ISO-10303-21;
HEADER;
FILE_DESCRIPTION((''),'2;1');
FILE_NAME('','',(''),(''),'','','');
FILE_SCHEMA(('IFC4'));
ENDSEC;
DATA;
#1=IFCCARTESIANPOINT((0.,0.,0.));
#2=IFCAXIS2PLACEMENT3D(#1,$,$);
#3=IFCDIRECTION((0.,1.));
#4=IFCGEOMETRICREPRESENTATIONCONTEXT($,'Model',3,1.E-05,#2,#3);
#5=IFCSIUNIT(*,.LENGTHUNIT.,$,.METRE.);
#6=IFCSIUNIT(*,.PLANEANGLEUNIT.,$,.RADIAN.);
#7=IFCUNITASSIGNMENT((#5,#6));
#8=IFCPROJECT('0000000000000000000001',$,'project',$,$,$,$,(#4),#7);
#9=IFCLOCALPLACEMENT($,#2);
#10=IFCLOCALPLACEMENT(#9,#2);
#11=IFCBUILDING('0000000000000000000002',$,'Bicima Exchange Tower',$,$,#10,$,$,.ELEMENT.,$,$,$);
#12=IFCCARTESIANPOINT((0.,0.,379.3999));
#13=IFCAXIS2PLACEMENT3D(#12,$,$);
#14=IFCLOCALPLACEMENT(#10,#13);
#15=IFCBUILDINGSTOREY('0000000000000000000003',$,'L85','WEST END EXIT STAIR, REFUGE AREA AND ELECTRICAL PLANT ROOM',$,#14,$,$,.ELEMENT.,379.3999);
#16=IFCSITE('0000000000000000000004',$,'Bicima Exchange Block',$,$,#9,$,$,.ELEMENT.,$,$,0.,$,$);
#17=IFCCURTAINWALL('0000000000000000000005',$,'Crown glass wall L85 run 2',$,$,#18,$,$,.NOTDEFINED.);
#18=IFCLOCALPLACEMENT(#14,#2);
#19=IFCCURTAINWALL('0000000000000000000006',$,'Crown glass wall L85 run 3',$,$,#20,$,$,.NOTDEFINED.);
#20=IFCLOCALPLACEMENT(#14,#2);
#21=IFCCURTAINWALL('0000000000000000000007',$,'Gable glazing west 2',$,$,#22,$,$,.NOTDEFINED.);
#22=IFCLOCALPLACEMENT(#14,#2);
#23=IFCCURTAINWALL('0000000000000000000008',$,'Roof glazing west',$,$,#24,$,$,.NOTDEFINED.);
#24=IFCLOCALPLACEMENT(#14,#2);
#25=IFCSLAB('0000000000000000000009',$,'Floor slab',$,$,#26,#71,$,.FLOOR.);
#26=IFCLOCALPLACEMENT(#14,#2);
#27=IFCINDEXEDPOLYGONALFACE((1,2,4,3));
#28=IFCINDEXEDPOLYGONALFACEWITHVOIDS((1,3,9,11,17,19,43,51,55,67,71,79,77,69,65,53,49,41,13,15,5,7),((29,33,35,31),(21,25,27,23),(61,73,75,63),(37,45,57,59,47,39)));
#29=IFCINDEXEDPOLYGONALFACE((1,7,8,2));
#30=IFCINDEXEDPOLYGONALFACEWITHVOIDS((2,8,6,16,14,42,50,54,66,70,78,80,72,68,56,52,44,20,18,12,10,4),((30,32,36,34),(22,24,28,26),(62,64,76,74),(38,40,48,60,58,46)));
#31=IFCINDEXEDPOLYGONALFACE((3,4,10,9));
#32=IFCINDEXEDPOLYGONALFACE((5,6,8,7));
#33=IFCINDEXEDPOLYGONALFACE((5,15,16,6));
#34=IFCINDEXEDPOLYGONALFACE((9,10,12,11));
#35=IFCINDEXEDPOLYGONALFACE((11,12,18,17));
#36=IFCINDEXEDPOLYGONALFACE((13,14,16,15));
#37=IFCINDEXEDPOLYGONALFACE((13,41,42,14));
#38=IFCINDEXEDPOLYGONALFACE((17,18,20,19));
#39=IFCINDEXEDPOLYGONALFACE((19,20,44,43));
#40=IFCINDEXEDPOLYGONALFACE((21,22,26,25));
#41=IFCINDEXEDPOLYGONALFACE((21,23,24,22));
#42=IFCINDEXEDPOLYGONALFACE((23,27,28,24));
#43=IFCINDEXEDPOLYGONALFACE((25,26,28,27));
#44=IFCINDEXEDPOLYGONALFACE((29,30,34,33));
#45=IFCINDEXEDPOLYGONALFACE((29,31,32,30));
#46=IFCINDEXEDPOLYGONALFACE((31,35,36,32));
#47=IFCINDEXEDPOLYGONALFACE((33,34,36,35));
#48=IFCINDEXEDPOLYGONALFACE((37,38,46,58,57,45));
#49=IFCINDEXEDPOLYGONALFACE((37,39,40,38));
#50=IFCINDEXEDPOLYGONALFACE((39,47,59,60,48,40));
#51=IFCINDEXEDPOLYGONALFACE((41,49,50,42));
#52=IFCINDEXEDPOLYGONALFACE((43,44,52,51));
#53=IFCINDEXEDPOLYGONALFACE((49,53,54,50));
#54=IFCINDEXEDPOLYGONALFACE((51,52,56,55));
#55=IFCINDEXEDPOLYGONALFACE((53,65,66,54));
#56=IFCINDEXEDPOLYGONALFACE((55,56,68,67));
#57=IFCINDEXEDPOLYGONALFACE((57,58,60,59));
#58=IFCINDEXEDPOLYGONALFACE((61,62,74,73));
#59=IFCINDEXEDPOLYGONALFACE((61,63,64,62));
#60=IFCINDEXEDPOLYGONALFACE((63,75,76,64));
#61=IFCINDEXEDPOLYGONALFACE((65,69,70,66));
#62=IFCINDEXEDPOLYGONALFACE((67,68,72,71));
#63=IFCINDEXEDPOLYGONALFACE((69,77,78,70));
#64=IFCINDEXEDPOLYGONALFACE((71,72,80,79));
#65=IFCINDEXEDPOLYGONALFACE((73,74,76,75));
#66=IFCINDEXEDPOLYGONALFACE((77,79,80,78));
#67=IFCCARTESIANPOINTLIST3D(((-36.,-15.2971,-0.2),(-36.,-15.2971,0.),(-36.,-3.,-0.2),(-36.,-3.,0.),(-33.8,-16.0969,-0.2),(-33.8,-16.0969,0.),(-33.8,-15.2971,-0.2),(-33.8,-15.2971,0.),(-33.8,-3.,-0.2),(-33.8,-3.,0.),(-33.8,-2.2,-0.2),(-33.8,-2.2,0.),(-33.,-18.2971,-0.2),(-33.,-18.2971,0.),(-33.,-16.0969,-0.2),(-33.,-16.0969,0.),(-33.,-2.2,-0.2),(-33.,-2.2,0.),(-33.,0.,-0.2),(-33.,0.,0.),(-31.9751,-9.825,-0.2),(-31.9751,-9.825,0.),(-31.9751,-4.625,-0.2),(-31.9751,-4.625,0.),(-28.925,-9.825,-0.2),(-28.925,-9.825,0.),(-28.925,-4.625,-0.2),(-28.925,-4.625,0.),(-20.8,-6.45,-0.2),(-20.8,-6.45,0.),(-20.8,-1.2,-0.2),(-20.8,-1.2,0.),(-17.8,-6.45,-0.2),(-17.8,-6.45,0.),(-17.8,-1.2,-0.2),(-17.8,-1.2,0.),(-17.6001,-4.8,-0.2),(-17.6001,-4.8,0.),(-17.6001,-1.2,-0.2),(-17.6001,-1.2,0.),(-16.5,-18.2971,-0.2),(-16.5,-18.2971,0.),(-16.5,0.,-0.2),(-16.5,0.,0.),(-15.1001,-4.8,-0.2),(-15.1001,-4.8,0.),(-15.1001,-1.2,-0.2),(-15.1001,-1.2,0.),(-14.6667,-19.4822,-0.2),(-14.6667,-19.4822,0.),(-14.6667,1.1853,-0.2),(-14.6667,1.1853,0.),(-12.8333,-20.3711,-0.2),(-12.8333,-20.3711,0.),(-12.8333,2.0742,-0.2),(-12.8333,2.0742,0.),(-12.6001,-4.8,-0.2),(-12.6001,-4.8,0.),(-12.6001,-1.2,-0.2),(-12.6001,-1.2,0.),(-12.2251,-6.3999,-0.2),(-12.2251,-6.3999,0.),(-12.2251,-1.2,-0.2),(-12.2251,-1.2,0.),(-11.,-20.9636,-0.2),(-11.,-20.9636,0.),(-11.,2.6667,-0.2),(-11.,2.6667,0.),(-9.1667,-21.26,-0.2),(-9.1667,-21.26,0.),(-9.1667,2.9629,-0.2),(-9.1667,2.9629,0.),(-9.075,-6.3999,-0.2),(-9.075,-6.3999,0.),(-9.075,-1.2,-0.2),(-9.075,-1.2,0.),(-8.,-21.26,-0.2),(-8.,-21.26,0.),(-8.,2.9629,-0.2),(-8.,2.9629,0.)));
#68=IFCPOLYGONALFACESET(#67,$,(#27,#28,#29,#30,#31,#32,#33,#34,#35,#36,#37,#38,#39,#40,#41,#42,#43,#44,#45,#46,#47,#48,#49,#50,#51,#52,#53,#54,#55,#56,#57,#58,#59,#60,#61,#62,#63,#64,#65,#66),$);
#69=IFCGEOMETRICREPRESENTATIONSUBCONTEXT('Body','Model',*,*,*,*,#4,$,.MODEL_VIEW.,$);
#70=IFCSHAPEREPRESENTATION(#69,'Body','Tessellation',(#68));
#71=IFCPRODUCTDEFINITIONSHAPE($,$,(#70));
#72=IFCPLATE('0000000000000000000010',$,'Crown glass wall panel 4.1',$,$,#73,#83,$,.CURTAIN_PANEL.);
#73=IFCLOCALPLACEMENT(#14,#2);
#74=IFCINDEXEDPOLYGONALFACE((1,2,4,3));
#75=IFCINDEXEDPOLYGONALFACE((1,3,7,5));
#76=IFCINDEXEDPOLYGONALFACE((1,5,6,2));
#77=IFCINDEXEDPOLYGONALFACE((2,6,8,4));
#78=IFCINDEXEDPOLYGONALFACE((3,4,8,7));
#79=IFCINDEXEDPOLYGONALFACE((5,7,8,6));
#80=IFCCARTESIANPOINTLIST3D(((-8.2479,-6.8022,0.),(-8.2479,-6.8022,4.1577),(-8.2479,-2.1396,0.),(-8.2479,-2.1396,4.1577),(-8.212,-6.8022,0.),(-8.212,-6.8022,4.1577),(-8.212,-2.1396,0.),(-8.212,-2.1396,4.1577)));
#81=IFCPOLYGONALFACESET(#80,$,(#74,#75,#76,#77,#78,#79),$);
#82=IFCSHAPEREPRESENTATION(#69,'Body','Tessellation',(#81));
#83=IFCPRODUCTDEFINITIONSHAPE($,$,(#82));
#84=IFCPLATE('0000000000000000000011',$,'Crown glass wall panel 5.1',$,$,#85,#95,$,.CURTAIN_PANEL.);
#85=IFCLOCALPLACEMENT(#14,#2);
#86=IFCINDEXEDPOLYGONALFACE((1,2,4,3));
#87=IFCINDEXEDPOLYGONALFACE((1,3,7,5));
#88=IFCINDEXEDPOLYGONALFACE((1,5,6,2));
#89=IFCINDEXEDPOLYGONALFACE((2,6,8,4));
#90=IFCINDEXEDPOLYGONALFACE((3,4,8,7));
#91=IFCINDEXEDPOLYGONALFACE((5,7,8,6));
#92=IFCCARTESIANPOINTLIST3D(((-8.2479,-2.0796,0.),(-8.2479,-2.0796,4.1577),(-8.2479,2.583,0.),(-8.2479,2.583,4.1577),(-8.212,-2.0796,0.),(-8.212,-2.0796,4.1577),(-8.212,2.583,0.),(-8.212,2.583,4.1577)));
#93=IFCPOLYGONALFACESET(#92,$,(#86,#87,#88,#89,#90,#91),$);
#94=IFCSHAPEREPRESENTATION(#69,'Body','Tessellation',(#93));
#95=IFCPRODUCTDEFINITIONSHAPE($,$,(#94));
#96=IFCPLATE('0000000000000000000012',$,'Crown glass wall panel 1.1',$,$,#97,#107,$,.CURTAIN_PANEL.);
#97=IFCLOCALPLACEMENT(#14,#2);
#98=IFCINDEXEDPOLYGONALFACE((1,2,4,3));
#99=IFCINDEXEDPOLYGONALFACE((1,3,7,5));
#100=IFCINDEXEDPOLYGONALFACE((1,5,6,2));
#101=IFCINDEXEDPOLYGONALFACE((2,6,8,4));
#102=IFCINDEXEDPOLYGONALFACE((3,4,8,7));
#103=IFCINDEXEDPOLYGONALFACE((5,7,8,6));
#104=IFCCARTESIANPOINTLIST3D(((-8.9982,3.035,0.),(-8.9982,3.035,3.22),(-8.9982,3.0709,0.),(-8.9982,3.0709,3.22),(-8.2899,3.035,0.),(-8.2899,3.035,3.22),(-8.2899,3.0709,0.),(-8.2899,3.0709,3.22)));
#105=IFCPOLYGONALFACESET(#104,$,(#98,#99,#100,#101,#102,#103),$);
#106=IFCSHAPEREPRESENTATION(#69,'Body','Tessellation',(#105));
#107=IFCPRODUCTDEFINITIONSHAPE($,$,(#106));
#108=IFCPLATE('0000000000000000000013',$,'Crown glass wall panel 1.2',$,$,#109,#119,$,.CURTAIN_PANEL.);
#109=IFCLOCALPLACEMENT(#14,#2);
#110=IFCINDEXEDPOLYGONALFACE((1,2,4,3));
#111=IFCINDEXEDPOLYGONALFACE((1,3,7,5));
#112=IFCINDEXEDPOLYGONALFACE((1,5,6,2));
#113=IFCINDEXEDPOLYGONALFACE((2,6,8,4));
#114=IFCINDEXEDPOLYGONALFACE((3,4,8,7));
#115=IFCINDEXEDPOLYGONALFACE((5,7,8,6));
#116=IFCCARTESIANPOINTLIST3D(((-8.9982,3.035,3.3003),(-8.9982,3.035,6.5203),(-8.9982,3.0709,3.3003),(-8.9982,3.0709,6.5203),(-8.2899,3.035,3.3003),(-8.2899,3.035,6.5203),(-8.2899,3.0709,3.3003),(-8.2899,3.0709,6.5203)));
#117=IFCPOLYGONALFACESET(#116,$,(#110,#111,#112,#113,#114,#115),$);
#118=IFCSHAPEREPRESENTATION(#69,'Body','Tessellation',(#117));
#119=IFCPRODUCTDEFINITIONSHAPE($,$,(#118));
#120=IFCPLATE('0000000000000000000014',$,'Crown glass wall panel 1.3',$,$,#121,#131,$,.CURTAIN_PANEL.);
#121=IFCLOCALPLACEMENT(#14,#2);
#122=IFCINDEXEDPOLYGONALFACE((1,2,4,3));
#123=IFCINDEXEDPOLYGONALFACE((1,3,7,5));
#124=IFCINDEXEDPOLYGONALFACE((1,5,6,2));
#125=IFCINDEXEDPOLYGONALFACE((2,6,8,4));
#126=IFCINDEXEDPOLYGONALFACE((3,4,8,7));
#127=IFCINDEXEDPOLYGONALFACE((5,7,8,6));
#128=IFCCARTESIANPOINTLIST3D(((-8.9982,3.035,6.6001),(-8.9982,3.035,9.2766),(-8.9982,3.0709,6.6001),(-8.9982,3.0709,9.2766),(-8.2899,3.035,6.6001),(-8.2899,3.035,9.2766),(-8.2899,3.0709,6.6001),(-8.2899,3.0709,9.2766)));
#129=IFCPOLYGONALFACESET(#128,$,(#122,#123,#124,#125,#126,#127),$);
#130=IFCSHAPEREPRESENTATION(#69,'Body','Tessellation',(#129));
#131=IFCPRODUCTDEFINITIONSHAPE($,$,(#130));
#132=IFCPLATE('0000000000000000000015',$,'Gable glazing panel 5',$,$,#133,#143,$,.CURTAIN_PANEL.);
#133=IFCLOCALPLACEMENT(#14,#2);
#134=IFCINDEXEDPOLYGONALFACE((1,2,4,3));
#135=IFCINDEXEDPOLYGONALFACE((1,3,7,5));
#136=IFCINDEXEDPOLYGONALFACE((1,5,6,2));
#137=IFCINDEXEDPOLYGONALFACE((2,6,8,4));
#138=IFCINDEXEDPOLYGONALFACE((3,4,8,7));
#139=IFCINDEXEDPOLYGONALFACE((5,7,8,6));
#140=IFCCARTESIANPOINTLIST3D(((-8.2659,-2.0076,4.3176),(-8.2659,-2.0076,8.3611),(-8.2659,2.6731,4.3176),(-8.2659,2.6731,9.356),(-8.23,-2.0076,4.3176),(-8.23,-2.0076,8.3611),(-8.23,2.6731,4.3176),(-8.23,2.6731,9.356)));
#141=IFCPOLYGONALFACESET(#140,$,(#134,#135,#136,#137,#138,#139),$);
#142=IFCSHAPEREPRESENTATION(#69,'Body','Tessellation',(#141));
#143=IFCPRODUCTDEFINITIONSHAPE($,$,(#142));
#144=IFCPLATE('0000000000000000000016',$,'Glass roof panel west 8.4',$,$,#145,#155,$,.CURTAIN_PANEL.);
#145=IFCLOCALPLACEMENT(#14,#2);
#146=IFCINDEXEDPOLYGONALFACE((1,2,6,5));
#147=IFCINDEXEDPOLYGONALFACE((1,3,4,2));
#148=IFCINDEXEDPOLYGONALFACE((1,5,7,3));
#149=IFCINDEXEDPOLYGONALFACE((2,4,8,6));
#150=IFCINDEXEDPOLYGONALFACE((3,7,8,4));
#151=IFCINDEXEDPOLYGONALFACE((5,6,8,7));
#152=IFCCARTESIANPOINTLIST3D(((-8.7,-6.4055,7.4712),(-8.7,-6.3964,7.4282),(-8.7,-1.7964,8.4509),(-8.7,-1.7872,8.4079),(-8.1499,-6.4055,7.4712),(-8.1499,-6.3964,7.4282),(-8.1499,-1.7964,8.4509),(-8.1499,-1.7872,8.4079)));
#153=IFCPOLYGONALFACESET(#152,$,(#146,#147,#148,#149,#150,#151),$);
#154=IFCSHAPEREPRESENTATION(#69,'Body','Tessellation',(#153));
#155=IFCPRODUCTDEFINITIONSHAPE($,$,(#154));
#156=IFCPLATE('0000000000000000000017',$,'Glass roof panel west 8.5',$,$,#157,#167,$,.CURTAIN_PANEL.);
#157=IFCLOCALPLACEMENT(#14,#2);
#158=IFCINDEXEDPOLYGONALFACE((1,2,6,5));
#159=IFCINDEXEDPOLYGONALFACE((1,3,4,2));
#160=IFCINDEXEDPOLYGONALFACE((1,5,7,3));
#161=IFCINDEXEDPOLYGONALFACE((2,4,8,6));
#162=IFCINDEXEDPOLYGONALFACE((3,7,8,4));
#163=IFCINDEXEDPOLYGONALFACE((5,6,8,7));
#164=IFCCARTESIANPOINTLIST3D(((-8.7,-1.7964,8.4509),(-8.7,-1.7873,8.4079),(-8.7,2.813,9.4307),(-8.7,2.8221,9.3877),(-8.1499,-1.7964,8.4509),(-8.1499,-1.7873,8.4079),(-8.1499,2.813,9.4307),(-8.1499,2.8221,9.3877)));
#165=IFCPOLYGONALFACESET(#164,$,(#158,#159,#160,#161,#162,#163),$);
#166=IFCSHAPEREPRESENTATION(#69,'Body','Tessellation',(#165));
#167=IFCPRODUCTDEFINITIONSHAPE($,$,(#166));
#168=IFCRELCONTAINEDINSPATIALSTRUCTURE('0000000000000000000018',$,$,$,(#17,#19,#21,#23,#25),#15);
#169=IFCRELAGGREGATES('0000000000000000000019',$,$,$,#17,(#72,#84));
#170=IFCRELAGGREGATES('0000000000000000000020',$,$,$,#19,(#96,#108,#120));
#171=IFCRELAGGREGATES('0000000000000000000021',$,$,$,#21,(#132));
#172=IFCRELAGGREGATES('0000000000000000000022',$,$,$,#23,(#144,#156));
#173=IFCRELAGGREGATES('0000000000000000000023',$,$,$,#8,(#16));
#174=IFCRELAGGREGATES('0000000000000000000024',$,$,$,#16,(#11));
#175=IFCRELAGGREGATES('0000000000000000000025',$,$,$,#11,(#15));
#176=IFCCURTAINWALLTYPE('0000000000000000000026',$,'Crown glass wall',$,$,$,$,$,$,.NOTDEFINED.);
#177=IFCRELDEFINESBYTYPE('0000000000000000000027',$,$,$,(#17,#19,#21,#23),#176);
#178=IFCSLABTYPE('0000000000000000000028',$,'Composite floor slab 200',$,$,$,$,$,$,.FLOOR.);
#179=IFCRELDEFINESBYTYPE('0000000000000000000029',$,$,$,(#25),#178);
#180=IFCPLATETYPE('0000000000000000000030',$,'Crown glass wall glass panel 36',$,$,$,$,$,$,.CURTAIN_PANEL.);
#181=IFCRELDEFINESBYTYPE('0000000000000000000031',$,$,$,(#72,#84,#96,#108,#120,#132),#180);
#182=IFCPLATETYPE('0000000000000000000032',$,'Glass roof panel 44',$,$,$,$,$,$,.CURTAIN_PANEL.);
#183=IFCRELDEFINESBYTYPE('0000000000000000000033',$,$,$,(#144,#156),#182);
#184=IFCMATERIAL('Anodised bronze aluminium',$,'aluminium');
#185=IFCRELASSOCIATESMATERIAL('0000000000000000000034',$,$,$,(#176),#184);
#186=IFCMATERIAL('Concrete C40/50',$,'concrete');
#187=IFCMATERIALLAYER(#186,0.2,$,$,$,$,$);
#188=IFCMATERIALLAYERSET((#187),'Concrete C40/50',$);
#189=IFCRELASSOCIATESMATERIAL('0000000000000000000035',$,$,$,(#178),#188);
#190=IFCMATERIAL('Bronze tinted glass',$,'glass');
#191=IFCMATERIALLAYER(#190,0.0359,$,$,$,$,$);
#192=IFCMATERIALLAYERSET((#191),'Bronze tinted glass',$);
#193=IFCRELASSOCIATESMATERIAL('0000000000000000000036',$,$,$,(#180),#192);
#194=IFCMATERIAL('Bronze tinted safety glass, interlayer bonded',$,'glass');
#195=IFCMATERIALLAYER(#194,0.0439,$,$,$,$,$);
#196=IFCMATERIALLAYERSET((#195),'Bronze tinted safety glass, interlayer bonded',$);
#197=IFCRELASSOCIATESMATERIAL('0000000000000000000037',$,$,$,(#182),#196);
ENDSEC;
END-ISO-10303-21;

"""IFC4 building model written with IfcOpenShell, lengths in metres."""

from ifc_helpers import new_model, si_unit, direction, frame, origin, origin_2d, place, context, subcontext, project, spatial, polyline, rectangle, outline, extrude, material, layer, layer_set, type_object, element, aggregate, save


model = new_model("IFC4")

# Units and contexts
model_context = context("Model", 3, precision=1e-05, world=origin(), true_north=direction((0.0, 1.0)))
body_context = subcontext(model_context, "Body", "Model", "MODEL_VIEW")
ifc_project = project(units=[si_unit("LENGTHUNIT", "METRE"), si_unit("PLANEANGLEUNIT", "RADIAN")], contexts=[model_context])

# Site, building, storey
site_placement = place(None, origin())
site = spatial("IfcSite", under=ifc_project, at=site_placement, Name="Bicima Exchange Block", CompositionType="ELEMENT", RefElevation=0.0)
building_placement = place(site_placement, origin())
building = spatial("IfcBuilding", under=site, at=building_placement, Name="Bicima Exchange Tower", CompositionType="ELEMENT")
storey_placement = place(building_placement, frame((0.0, 0.0, 379.3999)))
storey = spatial("IfcBuildingStorey", under=building, at=storey_placement, Name="L85", Description="WEST END EXIT STAIR, REFUGE AREA AND ELECTRICAL PLANT ROOM", CompositionType="ELEMENT", Elevation=379.3999)

# Curtain wall
ifc_material_1 = material(Name="Anodised bronze aluminium", Category="aluminium")
curtain_wall_type = type_object("IfcCurtainWallType", Name="Crown glass wall", PredefinedType="NOTDEFINED", material=ifc_material_1)
curtain_wall_1_placement = place(storey_placement, origin())
curtain_wall_1 = element("IfcCurtainWall", 1, at=curtain_wall_1_placement, inside=storey, type_object=curtain_wall_type, Name="Crown glass wall L85 run 2", PredefinedType="NOTDEFINED")

# Curtain wall
curtain_wall_2_placement = place(storey_placement, origin())
curtain_wall_2 = element("IfcCurtainWall", 2, at=curtain_wall_2_placement, inside=storey, type_object=curtain_wall_type, Name="Crown glass wall L85 run 3", PredefinedType="NOTDEFINED")

# Curtain wall
curtain_wall_3_placement = place(storey_placement, origin())
curtain_wall_3 = element("IfcCurtainWall", 3, at=curtain_wall_3_placement, inside=storey, type_object=curtain_wall_type, Name="Gable glazing west 2", PredefinedType="NOTDEFINED")

# Curtain wall
curtain_wall_4_placement = place(storey_placement, origin())
curtain_wall_4 = element("IfcCurtainWall", 4, at=curtain_wall_4_placement, inside=storey, type_object=curtain_wall_type, Name="Roof glazing west", PredefinedType="NOTDEFINED")

# Slab
ifc_material_2 = material(Name="Concrete C40/50", Category="concrete")
ifc_layer_1 = layer(ifc_material_2, 0.2)
ifc_layer_set_1 = layer_set([ifc_layer_1], Name="Concrete C40/50")
slab_type = type_object("IfcSlabType", Name="Composite floor slab 200", PredefinedType="FLOOR", material=ifc_layer_set_1)
slab_placement = place(storey_placement, frame((0.0, 0.0, -0.2)))
element("IfcSlab", 5, at=slab_placement, inside=storey, type_object=slab_type, Name="Floor slab", PredefinedType="FLOOR", context=body_context, shape_type="SweptSolid", body=[
    extrude(outline(polyline([(-33.8, -15.2971), (-36.0, -15.2971), (-36.0, -3.0), (-33.8, -3.0), (-33.8, -2.2), (-33.0, -2.2), (-33.0, 0.0), (-16.5, 0.0), (-14.6667, 1.1853), (-12.8333, 2.0742), (-11.0, 2.6667), (-9.1667, 2.9629), (-8.0, 2.9629), (-8.0, -21.26), (-9.1667, -21.26), (-11.0, -20.9636), (-12.8333, -20.3711), (-14.6667, -19.4822), (-16.5, -18.2971), (-33.0, -18.2971), (-33.0, -16.0969), (-33.8, -16.0969), (-33.8, -15.2971)]), holes=[polyline([(-28.925, -4.625), (-31.9751, -4.625), (-31.9751, -9.825), (-28.925, -9.825), (-28.925, -4.625)]), polyline([(-17.8, -1.2), (-20.8, -1.2), (-20.8, -6.45), (-17.8, -6.45), (-17.8, -1.2)]), polyline([(-9.075, -1.2), (-12.2251, -1.2), (-12.2251, -6.3999), (-9.075, -6.3999), (-9.075, -1.2)]), polyline([(-12.6001, -1.2), (-15.1001, -1.2), (-17.6001, -1.2), (-17.6001, -4.8), (-15.1001, -4.8), (-12.6001, -4.8), (-12.6001, -1.2)])]), origin(), (0.0, 0.0, 1.0), 0.2),
])

# Plates
ifc_material_3 = material(Name="Bronze tinted glass", Category="glass")
ifc_layer_2 = layer(ifc_material_3, 0.0359)
ifc_layer_set_2 = layer_set([ifc_layer_2], Name="Bronze tinted glass")
plate_type_1 = type_object("IfcPlateType", Name="Crown glass wall glass panel 36", PredefinedType="CURTAIN_PANEL", material=ifc_layer_set_2)
plate_1_placement = place(storey_placement, frame((-8.23, -4.4709, 0.0), z_axis=(0.0, 0.0, 1.0), x_axis=(0.0, 1.0, 0.0)))
plate_1 = element("IfcPlate", 6, at=plate_1_placement, type_object=plate_type_1, Name="Crown glass wall panel 4.1", PredefinedType="CURTAIN_PANEL", context=body_context, shape_type="SweptSolid", body=[
    extrude(rectangle(XDim=4.6626, YDim=0.0359, at=origin_2d()), origin(), (0.0, 0.0, 1.0), 4.1577),
])
plate_2_placement = place(storey_placement, frame((-8.23, 0.2517, 0.0), z_axis=(0.0, 0.0, 1.0), x_axis=(0.0, 1.0, 0.0)))
plate_2 = element("IfcPlate", 7, at=plate_2_placement, type_object=plate_type_1, Name="Crown glass wall panel 5.1", PredefinedType="CURTAIN_PANEL", context=body_context, shape_type="SweptSolid", body=[
    extrude(rectangle(XDim=4.6626, YDim=0.0359, at=origin_2d()), origin(), (0.0, 0.0, 1.0), 4.1577),
])
aggregate(curtain_wall_1, [plate_1, plate_2])
plate_3_placement = place(storey_placement, frame((-8.644, 3.053, 0.0), z_axis=(0.0, 0.0, 1.0), x_axis=(-1.0, 0.0, 0.0)))
plate_3 = element("IfcPlate", 8, at=plate_3_placement, type_object=plate_type_1, Name="Crown glass wall panel 1.1", PredefinedType="CURTAIN_PANEL", context=body_context, shape_type="SweptSolid", body=[
    extrude(rectangle(XDim=0.7083, YDim=0.0359, at=origin_2d()), origin(), (0.0, 0.0, 1.0), 3.22),
])
plate_4_placement = place(storey_placement, frame((-8.644, 3.053, 3.3003), z_axis=(0.0, 0.0, 1.0), x_axis=(-1.0, 0.0, 0.0)))
plate_4 = element("IfcPlate", 9, at=plate_4_placement, type_object=plate_type_1, Name="Crown glass wall panel 1.2", PredefinedType="CURTAIN_PANEL", context=body_context, shape_type="SweptSolid", body=[
    extrude(rectangle(XDim=0.7083, YDim=0.0359, at=origin_2d()), origin(), (0.0, 0.0, 1.0), 3.22),
])
plate_5_placement = place(storey_placement, frame((-8.644, 3.053, 6.6001), z_axis=(0.0, 0.0, 1.0), x_axis=(-1.0, 0.0, 0.0)))
plate_5 = element("IfcPlate", 10, at=plate_5_placement, type_object=plate_type_1, Name="Crown glass wall panel 1.3", PredefinedType="CURTAIN_PANEL", context=body_context, shape_type="SweptSolid", body=[
    extrude(rectangle(XDim=0.7083, YDim=0.0359, at=origin_2d()), origin(), (0.0, 0.0, 1.0), 2.6765),
])
aggregate(curtain_wall_2, [plate_3, plate_4, plate_5])
plate_6_placement = place(storey_placement, frame((-8.23, -2.0076, 4.3176), z_axis=(1.0, 0.0, 0.0), x_axis=(0.0, 1.0, 0.0)))
plate_6 = element("IfcPlate", 11, at=plate_6_placement, type_object=plate_type_1, Name="Gable glazing panel 5", PredefinedType="CURTAIN_PANEL", context=body_context, shape_type="SweptSolid", body=[
    extrude(outline(polyline([(0.0, 0.0), (4.6807, 0.0), (4.6807, 5.0383), (0.0, 4.0435), (0.0, 0.0)])), origin(), (0.0, 0.0, -1.0), 0.0359),
])
aggregate(curtain_wall_3, [plate_6])
ifc_material_4 = material(Name="Bronze tinted safety glass, interlayer bonded", Category="glass")
ifc_layer_3 = layer(ifc_material_4, 0.0439)
ifc_layer_set_3 = layer_set([ifc_layer_3], Name="Bronze tinted safety glass, interlayer bonded")
plate_type_2 = type_object("IfcPlateType", Name="Glass roof panel 44", PredefinedType="CURTAIN_PANEL", material=ifc_layer_set_3)
plate_7_placement = place(storey_placement, frame((-8.1499, -6.4055, 7.4712), z_axis=(0.0, -0.207919, 0.978146), x_axis=(-1.0, 0.0, 0.0)))
plate_7 = element("IfcPlate", 12, at=plate_7_placement, type_object=plate_type_2, Name="Glass roof panel west 8.4", PredefinedType="CURTAIN_PANEL", context=body_context, shape_type="SweptSolid", body=[
    extrude(outline(polyline([(0.0, 0.0), (0.55, 0.0), (0.55, -4.7121), (0.0, -4.7121), (0.0, 0.0)])), origin(), (0.0, 0.0, -1.0), 0.0439),
])
plate_8_placement = place(storey_placement, frame((-8.1499, -1.7964, 8.4509), z_axis=(0.0, -0.207908, 0.978148), x_axis=(-1.0, 0.0, 0.0)))
plate_8 = element("IfcPlate", 13, at=plate_8_placement, type_object=plate_type_2, Name="Glass roof panel west 8.5", PredefinedType="CURTAIN_PANEL", context=body_context, shape_type="SweptSolid", body=[
    extrude(outline(polyline([(0.0, 0.0), (0.55, 0.0), (0.55, -4.7123), (0.0, -4.7123), (0.0, 0.0)])), origin(), (0.0, 0.0, -1.0), 0.0439),
])
aggregate(curtain_wall_4, [plate_7, plate_8])

save(model, "model.ifc")
